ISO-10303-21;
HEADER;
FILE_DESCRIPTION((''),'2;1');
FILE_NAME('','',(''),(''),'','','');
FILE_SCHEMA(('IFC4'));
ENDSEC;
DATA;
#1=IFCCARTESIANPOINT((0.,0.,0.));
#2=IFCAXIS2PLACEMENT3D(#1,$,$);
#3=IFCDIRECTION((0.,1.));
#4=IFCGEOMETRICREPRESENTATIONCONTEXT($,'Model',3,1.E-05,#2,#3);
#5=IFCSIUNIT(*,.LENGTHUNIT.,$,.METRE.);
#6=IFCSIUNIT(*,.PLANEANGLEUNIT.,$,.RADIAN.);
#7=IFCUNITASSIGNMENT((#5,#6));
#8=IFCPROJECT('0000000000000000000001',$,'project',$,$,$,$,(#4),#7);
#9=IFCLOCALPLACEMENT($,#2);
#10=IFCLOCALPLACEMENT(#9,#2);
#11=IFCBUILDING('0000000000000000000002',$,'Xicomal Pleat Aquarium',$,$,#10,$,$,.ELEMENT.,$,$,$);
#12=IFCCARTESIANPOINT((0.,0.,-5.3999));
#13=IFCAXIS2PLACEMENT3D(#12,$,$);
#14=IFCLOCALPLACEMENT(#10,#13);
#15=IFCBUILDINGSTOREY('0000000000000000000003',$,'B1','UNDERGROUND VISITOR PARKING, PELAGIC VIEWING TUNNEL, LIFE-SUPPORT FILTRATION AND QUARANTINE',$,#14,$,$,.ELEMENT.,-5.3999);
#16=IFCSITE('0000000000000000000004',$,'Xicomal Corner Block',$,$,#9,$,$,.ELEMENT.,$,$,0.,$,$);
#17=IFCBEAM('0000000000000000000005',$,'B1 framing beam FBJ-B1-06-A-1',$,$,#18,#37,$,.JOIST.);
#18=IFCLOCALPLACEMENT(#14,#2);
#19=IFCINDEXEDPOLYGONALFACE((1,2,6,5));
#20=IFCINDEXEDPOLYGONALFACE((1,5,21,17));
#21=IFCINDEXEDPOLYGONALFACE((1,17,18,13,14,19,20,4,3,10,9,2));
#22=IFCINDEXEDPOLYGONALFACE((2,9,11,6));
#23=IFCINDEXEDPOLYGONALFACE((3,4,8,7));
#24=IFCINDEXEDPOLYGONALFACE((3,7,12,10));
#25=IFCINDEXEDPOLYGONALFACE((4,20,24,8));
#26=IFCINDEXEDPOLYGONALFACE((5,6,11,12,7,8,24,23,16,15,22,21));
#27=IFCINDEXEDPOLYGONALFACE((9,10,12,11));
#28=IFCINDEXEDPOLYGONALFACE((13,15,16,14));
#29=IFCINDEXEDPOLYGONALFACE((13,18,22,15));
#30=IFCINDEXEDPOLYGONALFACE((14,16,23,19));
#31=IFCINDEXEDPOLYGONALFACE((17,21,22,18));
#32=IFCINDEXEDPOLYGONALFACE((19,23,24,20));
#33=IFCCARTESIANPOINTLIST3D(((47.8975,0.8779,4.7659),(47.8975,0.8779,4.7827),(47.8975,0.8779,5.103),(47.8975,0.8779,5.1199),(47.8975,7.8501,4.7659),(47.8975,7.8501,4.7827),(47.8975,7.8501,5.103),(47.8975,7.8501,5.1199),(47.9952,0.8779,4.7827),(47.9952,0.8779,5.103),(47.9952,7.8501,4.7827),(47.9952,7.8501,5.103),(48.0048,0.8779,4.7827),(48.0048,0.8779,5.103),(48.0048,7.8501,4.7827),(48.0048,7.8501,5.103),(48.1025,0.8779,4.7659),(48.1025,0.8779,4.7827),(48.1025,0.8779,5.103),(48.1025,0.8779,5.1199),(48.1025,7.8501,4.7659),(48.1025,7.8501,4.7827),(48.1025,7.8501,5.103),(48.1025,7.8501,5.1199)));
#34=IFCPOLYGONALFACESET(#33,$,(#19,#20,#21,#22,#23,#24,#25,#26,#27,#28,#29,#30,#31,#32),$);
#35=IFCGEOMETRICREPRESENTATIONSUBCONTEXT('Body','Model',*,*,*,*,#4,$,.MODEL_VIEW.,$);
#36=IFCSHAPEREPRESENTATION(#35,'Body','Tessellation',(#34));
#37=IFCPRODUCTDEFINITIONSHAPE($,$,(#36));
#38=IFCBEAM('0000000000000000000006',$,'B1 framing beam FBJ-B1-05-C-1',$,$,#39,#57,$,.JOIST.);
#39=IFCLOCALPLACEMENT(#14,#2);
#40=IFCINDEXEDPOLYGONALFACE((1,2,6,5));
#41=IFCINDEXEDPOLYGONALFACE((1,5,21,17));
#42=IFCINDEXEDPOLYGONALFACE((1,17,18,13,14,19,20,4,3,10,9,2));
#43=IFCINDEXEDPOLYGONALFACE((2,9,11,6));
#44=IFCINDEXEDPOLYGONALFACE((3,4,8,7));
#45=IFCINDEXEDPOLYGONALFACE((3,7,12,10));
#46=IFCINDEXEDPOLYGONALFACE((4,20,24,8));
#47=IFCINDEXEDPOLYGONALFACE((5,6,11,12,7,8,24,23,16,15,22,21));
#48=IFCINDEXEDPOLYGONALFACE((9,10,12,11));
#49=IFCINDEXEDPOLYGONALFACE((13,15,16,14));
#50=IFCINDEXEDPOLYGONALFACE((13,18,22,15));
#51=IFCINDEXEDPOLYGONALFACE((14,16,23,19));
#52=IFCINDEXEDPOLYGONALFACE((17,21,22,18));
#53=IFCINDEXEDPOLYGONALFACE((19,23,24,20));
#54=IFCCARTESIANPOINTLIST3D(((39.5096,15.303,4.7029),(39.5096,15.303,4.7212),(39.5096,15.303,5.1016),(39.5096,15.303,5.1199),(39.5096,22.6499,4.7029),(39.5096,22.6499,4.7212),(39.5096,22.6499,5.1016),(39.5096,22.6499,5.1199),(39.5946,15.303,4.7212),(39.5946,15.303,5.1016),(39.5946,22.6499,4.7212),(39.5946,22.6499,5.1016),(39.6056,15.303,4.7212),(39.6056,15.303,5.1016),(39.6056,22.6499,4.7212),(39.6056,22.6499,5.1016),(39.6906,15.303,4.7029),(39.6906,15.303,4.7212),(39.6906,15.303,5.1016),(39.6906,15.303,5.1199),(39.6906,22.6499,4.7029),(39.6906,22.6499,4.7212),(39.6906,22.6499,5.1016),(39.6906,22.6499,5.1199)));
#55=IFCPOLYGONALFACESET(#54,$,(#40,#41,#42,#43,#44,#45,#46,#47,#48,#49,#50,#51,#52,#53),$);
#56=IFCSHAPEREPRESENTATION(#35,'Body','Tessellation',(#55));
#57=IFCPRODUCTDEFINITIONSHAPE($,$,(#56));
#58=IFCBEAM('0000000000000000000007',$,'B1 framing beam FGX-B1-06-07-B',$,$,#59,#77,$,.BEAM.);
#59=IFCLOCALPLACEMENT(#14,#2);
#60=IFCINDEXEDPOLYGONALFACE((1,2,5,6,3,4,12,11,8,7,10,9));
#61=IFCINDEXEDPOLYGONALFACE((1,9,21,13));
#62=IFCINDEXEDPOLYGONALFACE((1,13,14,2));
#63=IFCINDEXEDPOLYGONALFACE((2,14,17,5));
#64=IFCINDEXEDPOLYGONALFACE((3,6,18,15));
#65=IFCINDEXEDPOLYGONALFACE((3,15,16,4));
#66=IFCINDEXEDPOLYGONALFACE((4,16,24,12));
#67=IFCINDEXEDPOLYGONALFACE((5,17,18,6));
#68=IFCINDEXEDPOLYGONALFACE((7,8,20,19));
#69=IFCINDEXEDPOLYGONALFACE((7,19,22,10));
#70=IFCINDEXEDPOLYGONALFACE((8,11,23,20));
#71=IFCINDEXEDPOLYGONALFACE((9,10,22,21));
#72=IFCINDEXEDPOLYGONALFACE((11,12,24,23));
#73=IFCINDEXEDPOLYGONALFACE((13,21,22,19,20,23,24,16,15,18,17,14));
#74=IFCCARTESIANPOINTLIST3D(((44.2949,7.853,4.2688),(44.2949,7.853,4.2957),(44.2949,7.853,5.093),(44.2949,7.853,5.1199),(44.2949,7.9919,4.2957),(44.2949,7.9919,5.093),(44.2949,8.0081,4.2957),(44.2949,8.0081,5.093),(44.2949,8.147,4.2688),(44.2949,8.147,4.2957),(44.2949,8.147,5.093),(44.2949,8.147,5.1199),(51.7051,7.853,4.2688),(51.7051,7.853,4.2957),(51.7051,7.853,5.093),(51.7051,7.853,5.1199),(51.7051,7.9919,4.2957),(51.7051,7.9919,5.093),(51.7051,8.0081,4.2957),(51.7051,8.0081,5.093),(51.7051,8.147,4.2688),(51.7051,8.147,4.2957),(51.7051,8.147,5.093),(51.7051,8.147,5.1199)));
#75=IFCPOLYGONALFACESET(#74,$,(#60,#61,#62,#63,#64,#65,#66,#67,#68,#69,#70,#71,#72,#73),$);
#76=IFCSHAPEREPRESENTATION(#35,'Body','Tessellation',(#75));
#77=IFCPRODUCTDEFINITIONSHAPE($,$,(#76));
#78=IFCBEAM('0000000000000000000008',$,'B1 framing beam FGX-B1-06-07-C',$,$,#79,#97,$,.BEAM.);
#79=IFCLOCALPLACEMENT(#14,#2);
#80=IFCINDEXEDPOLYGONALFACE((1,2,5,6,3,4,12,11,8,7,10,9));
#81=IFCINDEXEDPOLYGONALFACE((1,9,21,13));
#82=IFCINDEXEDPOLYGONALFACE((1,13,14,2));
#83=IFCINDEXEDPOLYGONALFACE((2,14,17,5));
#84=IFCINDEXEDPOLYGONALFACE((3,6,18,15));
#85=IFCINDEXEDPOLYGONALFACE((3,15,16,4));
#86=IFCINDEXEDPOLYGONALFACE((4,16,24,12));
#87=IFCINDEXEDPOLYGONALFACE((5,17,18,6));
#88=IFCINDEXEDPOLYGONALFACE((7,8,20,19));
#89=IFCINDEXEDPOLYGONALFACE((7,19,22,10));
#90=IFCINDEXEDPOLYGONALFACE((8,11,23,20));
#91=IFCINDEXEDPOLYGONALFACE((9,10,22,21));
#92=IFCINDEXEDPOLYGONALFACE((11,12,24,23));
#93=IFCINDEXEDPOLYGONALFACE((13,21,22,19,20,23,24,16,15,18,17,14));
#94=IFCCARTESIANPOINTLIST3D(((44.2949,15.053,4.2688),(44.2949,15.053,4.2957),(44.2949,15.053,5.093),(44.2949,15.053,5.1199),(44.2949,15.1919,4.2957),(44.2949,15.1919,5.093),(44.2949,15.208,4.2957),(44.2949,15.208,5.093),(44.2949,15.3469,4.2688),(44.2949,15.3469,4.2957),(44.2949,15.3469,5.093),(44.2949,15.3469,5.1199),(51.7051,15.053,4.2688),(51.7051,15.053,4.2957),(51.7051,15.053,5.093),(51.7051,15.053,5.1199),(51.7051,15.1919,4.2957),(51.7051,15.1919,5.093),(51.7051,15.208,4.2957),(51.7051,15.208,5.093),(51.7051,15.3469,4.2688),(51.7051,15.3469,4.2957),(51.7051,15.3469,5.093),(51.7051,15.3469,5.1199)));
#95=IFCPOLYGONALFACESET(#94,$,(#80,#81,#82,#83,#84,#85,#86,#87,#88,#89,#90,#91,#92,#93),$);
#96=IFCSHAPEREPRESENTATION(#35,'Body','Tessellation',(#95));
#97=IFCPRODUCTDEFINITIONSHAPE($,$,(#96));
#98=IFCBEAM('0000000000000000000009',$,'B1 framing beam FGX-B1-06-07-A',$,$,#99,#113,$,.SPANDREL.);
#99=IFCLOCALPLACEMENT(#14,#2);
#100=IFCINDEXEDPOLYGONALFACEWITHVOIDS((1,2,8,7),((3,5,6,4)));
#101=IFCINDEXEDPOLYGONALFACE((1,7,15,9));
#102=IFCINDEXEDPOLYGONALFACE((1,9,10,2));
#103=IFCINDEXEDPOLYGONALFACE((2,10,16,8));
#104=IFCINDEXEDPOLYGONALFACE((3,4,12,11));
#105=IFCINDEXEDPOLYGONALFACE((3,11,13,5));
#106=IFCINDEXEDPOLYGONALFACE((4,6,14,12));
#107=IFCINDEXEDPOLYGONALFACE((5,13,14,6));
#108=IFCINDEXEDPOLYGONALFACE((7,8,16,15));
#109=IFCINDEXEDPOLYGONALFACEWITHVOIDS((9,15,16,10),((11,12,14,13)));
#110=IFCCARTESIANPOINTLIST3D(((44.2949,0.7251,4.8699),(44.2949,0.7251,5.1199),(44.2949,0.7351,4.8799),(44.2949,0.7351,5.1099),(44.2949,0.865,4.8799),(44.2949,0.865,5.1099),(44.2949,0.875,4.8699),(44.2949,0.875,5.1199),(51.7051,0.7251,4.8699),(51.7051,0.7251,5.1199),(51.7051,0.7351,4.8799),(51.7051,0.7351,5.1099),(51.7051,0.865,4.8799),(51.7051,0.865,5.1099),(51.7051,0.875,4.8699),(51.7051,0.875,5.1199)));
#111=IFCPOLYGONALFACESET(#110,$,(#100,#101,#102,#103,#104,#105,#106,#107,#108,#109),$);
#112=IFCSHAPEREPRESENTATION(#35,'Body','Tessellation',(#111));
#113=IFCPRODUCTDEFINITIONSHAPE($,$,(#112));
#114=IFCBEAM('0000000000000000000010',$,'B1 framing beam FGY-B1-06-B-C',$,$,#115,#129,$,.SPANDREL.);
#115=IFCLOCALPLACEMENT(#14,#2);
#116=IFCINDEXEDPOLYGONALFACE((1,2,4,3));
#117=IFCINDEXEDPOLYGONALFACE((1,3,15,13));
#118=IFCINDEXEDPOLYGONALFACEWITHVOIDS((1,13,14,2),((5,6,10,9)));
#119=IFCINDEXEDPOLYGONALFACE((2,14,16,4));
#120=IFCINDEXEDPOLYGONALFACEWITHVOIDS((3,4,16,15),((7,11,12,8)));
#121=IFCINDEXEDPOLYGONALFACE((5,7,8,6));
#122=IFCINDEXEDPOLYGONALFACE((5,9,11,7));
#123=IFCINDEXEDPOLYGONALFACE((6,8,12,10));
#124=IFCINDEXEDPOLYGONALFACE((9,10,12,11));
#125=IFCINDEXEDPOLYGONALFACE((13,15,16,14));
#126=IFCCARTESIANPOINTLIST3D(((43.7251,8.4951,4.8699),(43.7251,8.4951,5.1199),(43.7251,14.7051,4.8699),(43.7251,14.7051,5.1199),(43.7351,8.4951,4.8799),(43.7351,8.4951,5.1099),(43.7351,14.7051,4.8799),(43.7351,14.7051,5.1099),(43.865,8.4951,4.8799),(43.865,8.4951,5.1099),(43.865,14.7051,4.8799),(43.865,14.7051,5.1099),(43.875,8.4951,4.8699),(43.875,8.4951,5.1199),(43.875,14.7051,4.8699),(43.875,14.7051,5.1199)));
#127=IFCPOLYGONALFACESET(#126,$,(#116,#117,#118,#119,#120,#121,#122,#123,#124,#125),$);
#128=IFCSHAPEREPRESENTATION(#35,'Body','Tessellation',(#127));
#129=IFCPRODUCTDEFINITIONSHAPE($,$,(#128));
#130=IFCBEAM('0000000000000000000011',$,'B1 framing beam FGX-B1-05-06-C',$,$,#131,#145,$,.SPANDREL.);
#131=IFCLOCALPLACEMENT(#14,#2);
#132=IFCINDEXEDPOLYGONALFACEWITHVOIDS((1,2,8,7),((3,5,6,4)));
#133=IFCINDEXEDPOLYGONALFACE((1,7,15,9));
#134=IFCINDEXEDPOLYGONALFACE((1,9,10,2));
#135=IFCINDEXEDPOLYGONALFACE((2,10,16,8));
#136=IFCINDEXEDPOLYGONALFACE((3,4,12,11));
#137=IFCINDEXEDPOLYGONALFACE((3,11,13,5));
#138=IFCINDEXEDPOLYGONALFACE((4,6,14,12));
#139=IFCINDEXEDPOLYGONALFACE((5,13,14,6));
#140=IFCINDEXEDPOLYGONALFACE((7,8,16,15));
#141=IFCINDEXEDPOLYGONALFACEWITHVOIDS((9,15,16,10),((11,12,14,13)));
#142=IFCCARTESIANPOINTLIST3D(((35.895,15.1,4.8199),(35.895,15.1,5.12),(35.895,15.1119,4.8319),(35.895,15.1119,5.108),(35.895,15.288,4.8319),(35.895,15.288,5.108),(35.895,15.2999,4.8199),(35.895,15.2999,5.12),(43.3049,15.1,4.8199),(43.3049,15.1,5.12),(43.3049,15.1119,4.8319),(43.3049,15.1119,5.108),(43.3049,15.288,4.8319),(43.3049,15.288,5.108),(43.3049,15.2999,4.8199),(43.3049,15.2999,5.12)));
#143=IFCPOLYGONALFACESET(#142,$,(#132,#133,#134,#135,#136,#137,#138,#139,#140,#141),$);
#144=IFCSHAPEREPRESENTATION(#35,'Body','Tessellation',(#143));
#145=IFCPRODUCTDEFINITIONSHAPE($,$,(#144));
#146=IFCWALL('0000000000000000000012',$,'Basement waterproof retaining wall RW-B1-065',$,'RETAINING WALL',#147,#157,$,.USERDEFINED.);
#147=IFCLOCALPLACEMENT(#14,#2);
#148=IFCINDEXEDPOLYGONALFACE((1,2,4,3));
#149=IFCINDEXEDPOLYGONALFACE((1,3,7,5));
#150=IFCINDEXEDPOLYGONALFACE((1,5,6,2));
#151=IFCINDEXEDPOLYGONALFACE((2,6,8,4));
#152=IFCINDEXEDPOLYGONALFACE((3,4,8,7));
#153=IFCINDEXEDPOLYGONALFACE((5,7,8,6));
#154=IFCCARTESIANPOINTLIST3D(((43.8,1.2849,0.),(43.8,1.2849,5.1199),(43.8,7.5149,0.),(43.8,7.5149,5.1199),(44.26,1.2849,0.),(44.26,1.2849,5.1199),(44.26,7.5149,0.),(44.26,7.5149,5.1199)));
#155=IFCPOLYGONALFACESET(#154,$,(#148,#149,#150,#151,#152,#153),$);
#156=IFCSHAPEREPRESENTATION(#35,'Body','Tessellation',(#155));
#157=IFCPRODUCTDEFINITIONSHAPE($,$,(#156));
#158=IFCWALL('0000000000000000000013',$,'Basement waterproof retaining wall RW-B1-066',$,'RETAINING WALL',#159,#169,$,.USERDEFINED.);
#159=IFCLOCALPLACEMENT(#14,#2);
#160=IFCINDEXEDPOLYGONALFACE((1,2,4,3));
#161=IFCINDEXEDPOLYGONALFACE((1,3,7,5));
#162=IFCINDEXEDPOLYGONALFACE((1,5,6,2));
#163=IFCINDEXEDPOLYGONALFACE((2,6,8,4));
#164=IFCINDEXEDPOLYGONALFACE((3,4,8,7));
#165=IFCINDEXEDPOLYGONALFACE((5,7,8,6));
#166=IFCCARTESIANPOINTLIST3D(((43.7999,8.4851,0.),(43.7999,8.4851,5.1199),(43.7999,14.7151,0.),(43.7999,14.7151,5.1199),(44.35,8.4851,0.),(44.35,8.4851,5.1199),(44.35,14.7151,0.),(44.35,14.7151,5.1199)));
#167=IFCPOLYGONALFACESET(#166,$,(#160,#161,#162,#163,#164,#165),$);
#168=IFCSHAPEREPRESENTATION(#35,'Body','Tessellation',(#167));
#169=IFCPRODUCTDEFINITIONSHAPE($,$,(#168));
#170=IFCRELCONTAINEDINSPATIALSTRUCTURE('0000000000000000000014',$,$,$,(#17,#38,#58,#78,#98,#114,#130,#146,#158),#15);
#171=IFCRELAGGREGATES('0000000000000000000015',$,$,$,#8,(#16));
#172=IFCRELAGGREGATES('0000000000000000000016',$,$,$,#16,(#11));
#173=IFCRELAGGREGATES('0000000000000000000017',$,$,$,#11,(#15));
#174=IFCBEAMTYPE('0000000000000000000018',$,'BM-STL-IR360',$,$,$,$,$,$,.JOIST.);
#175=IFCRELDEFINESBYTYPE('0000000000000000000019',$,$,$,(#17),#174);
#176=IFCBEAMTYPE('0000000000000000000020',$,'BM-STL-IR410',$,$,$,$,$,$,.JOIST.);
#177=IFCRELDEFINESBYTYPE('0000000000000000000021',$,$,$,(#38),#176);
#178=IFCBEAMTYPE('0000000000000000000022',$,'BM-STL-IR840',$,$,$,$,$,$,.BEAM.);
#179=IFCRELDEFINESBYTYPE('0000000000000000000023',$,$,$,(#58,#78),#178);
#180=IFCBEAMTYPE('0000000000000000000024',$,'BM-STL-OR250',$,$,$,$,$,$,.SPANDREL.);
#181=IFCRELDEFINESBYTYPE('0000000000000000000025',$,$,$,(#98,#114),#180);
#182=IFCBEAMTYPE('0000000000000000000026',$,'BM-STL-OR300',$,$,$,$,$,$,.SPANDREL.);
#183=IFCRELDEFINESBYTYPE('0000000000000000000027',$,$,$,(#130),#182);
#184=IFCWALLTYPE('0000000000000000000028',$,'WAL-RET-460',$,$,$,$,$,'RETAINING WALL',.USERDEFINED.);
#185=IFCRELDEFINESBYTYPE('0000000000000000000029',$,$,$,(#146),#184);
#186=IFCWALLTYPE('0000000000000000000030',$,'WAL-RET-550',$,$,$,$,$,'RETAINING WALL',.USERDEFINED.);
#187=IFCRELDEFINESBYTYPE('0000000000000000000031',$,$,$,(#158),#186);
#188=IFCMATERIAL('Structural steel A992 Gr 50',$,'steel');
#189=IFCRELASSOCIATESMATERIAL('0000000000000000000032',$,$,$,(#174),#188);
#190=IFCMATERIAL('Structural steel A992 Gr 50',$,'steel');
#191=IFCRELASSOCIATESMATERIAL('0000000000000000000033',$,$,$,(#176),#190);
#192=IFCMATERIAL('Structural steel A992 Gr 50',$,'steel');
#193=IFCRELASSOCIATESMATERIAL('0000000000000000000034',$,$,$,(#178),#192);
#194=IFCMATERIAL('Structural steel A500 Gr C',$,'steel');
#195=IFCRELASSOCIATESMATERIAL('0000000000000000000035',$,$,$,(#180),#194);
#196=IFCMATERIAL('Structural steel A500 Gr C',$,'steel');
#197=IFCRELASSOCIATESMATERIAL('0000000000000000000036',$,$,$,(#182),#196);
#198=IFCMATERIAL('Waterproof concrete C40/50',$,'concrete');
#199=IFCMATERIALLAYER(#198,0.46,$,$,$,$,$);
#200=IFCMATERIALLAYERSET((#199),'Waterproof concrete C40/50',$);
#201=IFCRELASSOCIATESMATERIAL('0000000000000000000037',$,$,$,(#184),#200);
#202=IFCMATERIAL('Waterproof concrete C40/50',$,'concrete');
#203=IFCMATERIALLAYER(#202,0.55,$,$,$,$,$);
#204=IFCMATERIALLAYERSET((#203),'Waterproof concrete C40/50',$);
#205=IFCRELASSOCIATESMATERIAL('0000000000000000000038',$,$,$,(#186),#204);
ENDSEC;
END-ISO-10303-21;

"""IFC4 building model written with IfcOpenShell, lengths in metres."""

from ifc_helpers import new_model, si_unit, direction, frame, frame_2d, origin, origin_2d, place, context, subcontext, project, spatial, rectangle, hollow_rectangle, i_section, extrude, material, layer, layer_set, material_profile, profile_set, type_object, element, save


model = new_model("IFC4")

# Units and contexts
model_context = context("Model", 3, precision=1e-05, world=origin(), true_north=direction((0.0, 1.0)))
body_context = subcontext(model_context, "Body", "Model", "MODEL_VIEW")
ifc_project = project(units=[si_unit("LENGTHUNIT", "METRE"), si_unit("PLANEANGLEUNIT", "RADIAN")], contexts=[model_context])

# Site, building, storey
site_placement = place(None, origin())
site = spatial("IfcSite", under=ifc_project, at=site_placement, Name="Xicomal Corner Block", CompositionType="ELEMENT", RefElevation=0.0)
building_placement = place(site_placement, origin())
building = spatial("IfcBuilding", under=site, at=building_placement, Name="Xicomal Pleat Aquarium", CompositionType="ELEMENT")
storey_placement = place(building_placement, frame((0.0, 0.0, -5.3999)))
storey = spatial("IfcBuildingStorey", under=building, at=storey_placement, Name="B1", Description="UNDERGROUND VISITOR PARKING, PELAGIC VIEWING TUNNEL, LIFE-SUPPORT FILTRATION AND QUARANTINE", CompositionType="ELEMENT", Elevation=-5.3999)

# Beams
ifc_material_1 = material(Name="Structural steel A992 Gr 50", Category="steel")
ifc_material_profile_1 = material_profile(ifc_material_1, i_section(OverallWidth=0.2051, OverallDepth=0.354, WebThickness=0.0095, FlangeThickness=0.0168, at=origin_2d()), Name="IR 360x79")
ifc_profile_set_1 = profile_set([ifc_material_profile_1], Name="Structural steel A992 Gr 50")
beam_type_1 = type_object("IfcBeamType", Name="BM-STL-IR360", PredefinedType="JOIST", material=ifc_profile_set_1)
beam_1_placement = place(storey_placement, frame((48.0, 0.8779, 4.9429), z_axis=(0.0, 1.0, 0.0), x_axis=(-1.0, 0.0, 0.0)))
element("IfcBeam", 1, at=beam_1_placement, inside=storey, type_object=beam_type_1, Name="B1 framing beam FBJ-B1-06-A-1", PredefinedType="JOIST", context=body_context, shape_type="SweptSolid", body=[
    extrude(i_section(OverallWidth=0.2051, OverallDepth=0.354, WebThickness=0.0095, FlangeThickness=0.0168, at=origin_2d()), origin(), (0.0, 0.0, 1.0), 6.9722),
])
ifc_material_2 = material(Name="Structural steel A992 Gr 50", Category="steel")
ifc_material_profile_2 = material_profile(ifc_material_2, i_section(OverallWidth=0.1809, OverallDepth=0.417, WebThickness=0.011, FlangeThickness=0.0183, at=origin_2d()), Name="IR 410x85")
ifc_profile_set_2 = profile_set([ifc_material_profile_2], Name="Structural steel A992 Gr 50")
beam_type_2 = type_object("IfcBeamType", Name="BM-STL-IR410", PredefinedType="JOIST", material=ifc_profile_set_2)
beam_2_placement = place(storey_placement, frame((39.6001, 15.303, 4.9114), z_axis=(0.0, 1.0, 0.0), x_axis=(-1.0, 0.0, 0.0)))
element("IfcBeam", 2, at=beam_2_placement, inside=storey, type_object=beam_type_2, Name="B1 framing beam FBJ-B1-05-C-1", PredefinedType="JOIST", context=body_context, shape_type="SweptSolid", body=[
    extrude(i_section(OverallWidth=0.1809, OverallDepth=0.417, WebThickness=0.011, FlangeThickness=0.0183, at=origin_2d()), origin(), (0.0, 0.0, 1.0), 7.3469),
])
ifc_material_3 = material(Name="Structural steel A992 Gr 50", Category="steel")
ifc_material_profile_3 = material_profile(ifc_material_3, i_section(OverallWidth=0.2939, OverallDepth=0.8511, WebThickness=0.0161, FlangeThickness=0.0269, at=origin_2d()), Name="IR 840x226")
ifc_profile_set_3 = profile_set([ifc_material_profile_3], Name="Structural steel A992 Gr 50")
beam_type_3 = type_object("IfcBeamType", Name="BM-STL-IR840", PredefinedType="BEAM", material=ifc_profile_set_3)
for number, where, z_axis, x_axis, name in (
    (3, (44.2949, 8.0, 4.6943), (1.0, 0.0, 0.0), (0.0, 1.0, 0.0), "B1 framing beam FGX-B1-06-07-B"),
    (4, (44.2949, 15.2, 4.6943), (1.0, 0.0, 0.0), (0.0, 1.0, 0.0), "B1 framing beam FGX-B1-06-07-C"),
):
    element("IfcBeam", number, at=place(storey_placement, frame(where, z_axis=z_axis, x_axis=x_axis)), inside=storey, type_object=beam_type_3, Name=name, PredefinedType="BEAM", context=body_context, shape_type="SweptSolid", body=[
        extrude(i_section(OverallWidth=0.2939, OverallDepth=0.8511, WebThickness=0.0161, FlangeThickness=0.0269, at=origin_2d()), origin(), (0.0, 0.0, 1.0), 7.4102),
    ])
ifc_material_4 = material(Name="Structural steel A500 Gr C", Category="steel")
ifc_material_profile_4 = material_profile(ifc_material_4, hollow_rectangle(XDim=0.1499, YDim=0.25, WallThickness=0.01, at=origin_2d()), Name="OR 250x150x10")
ifc_profile_set_4 = profile_set([ifc_material_profile_4], Name="Structural steel A500 Gr C")
beam_type_4 = type_object("IfcBeamType", Name="BM-STL-OR250", PredefinedType="SPANDREL", material=ifc_profile_set_4)
beam_3_placement = place(storey_placement, frame((44.2949, 0.8, 4.9949), z_axis=(1.0, 0.0, 0.0), x_axis=(0.0, 1.0, 0.0)))
element("IfcBeam", 5, at=beam_3_placement, inside=storey, type_object=beam_type_4, Name="B1 framing beam FGX-B1-06-07-A", PredefinedType="SPANDREL", context=body_context, shape_type="SweptSolid", body=[
    extrude(hollow_rectangle(XDim=0.1499, YDim=0.25, WallThickness=0.01, at=origin_2d()), origin(), (0.0, 0.0, 1.0), 7.4102),
])
beam_4_placement = place(storey_placement, frame((43.8, 8.4951, 4.9949), z_axis=(0.0, 1.0, 0.0), x_axis=(-1.0, 0.0, 0.0)))
element("IfcBeam", 6, at=beam_4_placement, inside=storey, type_object=beam_type_4, Name="B1 framing beam FGY-B1-06-B-C", PredefinedType="SPANDREL", context=body_context, shape_type="SweptSolid", body=[
    extrude(hollow_rectangle(XDim=0.1499, YDim=0.25, WallThickness=0.01, at=origin_2d()), origin(), (0.0, 0.0, 1.0), 6.21),
])
ifc_material_5 = material(Name="Structural steel A500 Gr C", Category="steel")
ifc_material_profile_5 = material_profile(ifc_material_5, hollow_rectangle(XDim=0.2, YDim=0.3, WallThickness=0.012, at=origin_2d()), Name="OR 300x200x12")
ifc_profile_set_5 = profile_set([ifc_material_profile_5], Name="Structural steel A500 Gr C")
beam_type_5 = type_object("IfcBeamType", Name="BM-STL-OR300", PredefinedType="SPANDREL", material=ifc_profile_set_5)
beam_5_placement = place(storey_placement, frame((35.895, 15.2, 4.97), z_axis=(1.0, 0.0, 0.0), x_axis=(0.0, 1.0, 0.0)))
element("IfcBeam", 7, at=beam_5_placement, inside=storey, type_object=beam_type_5, Name="B1 framing beam FGX-B1-05-06-C", PredefinedType="SPANDREL", context=body_context, shape_type="SweptSolid", body=[
    extrude(hollow_rectangle(XDim=0.2, YDim=0.3, WallThickness=0.012, at=origin_2d()), origin(), (0.0, 0.0, 1.0), 7.4099),
])

# Walls
ifc_material_6 = material(Name="Waterproof concrete C40/50", Category="concrete")
ifc_layer_1 = layer(ifc_material_6, 0.46)
ifc_layer_set_1 = layer_set([ifc_layer_1], Name="Waterproof concrete C40/50")
wall_type_1 = type_object("IfcWallType", Name="WAL-RET-460", ElementType="RETAINING WALL", PredefinedType="USERDEFINED", material=ifc_layer_set_1)
wall_1_placement = place(storey_placement, frame((44.03, 1.2849, 0.0), z_axis=(0.0, 0.0, 1.0), x_axis=(0.0, 1.0, 0.0)))
element("IfcWall", 8, at=wall_1_placement, inside=storey, type_object=wall_type_1, Name="Basement waterproof retaining wall RW-B1-065", ObjectType="RETAINING WALL", PredefinedType="USERDEFINED", context=body_context, shape_type="SweptSolid", body=[
    extrude(rectangle(XDim=6.23, YDim=0.46, at=frame_2d((3.115, 0.0))), origin(), (0.0, 0.0, 1.0), 5.1199),
])
ifc_material_7 = material(Name="Waterproof concrete C40/50", Category="concrete")
ifc_layer_2 = layer(ifc_material_7, 0.55)
ifc_layer_set_2 = layer_set([ifc_layer_2], Name="Waterproof concrete C40/50")
wall_type_2 = type_object("IfcWallType", Name="WAL-RET-550", ElementType="RETAINING WALL", PredefinedType="USERDEFINED", material=ifc_layer_set_2)
wall_2_placement = place(storey_placement, frame((44.075, 8.4851, 0.0), z_axis=(0.0, 0.0, 1.0), x_axis=(0.0, 1.0, 0.0)))
element("IfcWall", 9, at=wall_2_placement, inside=storey, type_object=wall_type_2, Name="Basement waterproof retaining wall RW-B1-066", ObjectType="RETAINING WALL", PredefinedType="USERDEFINED", context=body_context, shape_type="SweptSolid", body=[
    extrude(rectangle(XDim=6.23, YDim=0.55, at=frame_2d((3.115, 0.0))), origin(), (0.0, 0.0, 1.0), 5.1199),
])

save(model, "model.ifc")
